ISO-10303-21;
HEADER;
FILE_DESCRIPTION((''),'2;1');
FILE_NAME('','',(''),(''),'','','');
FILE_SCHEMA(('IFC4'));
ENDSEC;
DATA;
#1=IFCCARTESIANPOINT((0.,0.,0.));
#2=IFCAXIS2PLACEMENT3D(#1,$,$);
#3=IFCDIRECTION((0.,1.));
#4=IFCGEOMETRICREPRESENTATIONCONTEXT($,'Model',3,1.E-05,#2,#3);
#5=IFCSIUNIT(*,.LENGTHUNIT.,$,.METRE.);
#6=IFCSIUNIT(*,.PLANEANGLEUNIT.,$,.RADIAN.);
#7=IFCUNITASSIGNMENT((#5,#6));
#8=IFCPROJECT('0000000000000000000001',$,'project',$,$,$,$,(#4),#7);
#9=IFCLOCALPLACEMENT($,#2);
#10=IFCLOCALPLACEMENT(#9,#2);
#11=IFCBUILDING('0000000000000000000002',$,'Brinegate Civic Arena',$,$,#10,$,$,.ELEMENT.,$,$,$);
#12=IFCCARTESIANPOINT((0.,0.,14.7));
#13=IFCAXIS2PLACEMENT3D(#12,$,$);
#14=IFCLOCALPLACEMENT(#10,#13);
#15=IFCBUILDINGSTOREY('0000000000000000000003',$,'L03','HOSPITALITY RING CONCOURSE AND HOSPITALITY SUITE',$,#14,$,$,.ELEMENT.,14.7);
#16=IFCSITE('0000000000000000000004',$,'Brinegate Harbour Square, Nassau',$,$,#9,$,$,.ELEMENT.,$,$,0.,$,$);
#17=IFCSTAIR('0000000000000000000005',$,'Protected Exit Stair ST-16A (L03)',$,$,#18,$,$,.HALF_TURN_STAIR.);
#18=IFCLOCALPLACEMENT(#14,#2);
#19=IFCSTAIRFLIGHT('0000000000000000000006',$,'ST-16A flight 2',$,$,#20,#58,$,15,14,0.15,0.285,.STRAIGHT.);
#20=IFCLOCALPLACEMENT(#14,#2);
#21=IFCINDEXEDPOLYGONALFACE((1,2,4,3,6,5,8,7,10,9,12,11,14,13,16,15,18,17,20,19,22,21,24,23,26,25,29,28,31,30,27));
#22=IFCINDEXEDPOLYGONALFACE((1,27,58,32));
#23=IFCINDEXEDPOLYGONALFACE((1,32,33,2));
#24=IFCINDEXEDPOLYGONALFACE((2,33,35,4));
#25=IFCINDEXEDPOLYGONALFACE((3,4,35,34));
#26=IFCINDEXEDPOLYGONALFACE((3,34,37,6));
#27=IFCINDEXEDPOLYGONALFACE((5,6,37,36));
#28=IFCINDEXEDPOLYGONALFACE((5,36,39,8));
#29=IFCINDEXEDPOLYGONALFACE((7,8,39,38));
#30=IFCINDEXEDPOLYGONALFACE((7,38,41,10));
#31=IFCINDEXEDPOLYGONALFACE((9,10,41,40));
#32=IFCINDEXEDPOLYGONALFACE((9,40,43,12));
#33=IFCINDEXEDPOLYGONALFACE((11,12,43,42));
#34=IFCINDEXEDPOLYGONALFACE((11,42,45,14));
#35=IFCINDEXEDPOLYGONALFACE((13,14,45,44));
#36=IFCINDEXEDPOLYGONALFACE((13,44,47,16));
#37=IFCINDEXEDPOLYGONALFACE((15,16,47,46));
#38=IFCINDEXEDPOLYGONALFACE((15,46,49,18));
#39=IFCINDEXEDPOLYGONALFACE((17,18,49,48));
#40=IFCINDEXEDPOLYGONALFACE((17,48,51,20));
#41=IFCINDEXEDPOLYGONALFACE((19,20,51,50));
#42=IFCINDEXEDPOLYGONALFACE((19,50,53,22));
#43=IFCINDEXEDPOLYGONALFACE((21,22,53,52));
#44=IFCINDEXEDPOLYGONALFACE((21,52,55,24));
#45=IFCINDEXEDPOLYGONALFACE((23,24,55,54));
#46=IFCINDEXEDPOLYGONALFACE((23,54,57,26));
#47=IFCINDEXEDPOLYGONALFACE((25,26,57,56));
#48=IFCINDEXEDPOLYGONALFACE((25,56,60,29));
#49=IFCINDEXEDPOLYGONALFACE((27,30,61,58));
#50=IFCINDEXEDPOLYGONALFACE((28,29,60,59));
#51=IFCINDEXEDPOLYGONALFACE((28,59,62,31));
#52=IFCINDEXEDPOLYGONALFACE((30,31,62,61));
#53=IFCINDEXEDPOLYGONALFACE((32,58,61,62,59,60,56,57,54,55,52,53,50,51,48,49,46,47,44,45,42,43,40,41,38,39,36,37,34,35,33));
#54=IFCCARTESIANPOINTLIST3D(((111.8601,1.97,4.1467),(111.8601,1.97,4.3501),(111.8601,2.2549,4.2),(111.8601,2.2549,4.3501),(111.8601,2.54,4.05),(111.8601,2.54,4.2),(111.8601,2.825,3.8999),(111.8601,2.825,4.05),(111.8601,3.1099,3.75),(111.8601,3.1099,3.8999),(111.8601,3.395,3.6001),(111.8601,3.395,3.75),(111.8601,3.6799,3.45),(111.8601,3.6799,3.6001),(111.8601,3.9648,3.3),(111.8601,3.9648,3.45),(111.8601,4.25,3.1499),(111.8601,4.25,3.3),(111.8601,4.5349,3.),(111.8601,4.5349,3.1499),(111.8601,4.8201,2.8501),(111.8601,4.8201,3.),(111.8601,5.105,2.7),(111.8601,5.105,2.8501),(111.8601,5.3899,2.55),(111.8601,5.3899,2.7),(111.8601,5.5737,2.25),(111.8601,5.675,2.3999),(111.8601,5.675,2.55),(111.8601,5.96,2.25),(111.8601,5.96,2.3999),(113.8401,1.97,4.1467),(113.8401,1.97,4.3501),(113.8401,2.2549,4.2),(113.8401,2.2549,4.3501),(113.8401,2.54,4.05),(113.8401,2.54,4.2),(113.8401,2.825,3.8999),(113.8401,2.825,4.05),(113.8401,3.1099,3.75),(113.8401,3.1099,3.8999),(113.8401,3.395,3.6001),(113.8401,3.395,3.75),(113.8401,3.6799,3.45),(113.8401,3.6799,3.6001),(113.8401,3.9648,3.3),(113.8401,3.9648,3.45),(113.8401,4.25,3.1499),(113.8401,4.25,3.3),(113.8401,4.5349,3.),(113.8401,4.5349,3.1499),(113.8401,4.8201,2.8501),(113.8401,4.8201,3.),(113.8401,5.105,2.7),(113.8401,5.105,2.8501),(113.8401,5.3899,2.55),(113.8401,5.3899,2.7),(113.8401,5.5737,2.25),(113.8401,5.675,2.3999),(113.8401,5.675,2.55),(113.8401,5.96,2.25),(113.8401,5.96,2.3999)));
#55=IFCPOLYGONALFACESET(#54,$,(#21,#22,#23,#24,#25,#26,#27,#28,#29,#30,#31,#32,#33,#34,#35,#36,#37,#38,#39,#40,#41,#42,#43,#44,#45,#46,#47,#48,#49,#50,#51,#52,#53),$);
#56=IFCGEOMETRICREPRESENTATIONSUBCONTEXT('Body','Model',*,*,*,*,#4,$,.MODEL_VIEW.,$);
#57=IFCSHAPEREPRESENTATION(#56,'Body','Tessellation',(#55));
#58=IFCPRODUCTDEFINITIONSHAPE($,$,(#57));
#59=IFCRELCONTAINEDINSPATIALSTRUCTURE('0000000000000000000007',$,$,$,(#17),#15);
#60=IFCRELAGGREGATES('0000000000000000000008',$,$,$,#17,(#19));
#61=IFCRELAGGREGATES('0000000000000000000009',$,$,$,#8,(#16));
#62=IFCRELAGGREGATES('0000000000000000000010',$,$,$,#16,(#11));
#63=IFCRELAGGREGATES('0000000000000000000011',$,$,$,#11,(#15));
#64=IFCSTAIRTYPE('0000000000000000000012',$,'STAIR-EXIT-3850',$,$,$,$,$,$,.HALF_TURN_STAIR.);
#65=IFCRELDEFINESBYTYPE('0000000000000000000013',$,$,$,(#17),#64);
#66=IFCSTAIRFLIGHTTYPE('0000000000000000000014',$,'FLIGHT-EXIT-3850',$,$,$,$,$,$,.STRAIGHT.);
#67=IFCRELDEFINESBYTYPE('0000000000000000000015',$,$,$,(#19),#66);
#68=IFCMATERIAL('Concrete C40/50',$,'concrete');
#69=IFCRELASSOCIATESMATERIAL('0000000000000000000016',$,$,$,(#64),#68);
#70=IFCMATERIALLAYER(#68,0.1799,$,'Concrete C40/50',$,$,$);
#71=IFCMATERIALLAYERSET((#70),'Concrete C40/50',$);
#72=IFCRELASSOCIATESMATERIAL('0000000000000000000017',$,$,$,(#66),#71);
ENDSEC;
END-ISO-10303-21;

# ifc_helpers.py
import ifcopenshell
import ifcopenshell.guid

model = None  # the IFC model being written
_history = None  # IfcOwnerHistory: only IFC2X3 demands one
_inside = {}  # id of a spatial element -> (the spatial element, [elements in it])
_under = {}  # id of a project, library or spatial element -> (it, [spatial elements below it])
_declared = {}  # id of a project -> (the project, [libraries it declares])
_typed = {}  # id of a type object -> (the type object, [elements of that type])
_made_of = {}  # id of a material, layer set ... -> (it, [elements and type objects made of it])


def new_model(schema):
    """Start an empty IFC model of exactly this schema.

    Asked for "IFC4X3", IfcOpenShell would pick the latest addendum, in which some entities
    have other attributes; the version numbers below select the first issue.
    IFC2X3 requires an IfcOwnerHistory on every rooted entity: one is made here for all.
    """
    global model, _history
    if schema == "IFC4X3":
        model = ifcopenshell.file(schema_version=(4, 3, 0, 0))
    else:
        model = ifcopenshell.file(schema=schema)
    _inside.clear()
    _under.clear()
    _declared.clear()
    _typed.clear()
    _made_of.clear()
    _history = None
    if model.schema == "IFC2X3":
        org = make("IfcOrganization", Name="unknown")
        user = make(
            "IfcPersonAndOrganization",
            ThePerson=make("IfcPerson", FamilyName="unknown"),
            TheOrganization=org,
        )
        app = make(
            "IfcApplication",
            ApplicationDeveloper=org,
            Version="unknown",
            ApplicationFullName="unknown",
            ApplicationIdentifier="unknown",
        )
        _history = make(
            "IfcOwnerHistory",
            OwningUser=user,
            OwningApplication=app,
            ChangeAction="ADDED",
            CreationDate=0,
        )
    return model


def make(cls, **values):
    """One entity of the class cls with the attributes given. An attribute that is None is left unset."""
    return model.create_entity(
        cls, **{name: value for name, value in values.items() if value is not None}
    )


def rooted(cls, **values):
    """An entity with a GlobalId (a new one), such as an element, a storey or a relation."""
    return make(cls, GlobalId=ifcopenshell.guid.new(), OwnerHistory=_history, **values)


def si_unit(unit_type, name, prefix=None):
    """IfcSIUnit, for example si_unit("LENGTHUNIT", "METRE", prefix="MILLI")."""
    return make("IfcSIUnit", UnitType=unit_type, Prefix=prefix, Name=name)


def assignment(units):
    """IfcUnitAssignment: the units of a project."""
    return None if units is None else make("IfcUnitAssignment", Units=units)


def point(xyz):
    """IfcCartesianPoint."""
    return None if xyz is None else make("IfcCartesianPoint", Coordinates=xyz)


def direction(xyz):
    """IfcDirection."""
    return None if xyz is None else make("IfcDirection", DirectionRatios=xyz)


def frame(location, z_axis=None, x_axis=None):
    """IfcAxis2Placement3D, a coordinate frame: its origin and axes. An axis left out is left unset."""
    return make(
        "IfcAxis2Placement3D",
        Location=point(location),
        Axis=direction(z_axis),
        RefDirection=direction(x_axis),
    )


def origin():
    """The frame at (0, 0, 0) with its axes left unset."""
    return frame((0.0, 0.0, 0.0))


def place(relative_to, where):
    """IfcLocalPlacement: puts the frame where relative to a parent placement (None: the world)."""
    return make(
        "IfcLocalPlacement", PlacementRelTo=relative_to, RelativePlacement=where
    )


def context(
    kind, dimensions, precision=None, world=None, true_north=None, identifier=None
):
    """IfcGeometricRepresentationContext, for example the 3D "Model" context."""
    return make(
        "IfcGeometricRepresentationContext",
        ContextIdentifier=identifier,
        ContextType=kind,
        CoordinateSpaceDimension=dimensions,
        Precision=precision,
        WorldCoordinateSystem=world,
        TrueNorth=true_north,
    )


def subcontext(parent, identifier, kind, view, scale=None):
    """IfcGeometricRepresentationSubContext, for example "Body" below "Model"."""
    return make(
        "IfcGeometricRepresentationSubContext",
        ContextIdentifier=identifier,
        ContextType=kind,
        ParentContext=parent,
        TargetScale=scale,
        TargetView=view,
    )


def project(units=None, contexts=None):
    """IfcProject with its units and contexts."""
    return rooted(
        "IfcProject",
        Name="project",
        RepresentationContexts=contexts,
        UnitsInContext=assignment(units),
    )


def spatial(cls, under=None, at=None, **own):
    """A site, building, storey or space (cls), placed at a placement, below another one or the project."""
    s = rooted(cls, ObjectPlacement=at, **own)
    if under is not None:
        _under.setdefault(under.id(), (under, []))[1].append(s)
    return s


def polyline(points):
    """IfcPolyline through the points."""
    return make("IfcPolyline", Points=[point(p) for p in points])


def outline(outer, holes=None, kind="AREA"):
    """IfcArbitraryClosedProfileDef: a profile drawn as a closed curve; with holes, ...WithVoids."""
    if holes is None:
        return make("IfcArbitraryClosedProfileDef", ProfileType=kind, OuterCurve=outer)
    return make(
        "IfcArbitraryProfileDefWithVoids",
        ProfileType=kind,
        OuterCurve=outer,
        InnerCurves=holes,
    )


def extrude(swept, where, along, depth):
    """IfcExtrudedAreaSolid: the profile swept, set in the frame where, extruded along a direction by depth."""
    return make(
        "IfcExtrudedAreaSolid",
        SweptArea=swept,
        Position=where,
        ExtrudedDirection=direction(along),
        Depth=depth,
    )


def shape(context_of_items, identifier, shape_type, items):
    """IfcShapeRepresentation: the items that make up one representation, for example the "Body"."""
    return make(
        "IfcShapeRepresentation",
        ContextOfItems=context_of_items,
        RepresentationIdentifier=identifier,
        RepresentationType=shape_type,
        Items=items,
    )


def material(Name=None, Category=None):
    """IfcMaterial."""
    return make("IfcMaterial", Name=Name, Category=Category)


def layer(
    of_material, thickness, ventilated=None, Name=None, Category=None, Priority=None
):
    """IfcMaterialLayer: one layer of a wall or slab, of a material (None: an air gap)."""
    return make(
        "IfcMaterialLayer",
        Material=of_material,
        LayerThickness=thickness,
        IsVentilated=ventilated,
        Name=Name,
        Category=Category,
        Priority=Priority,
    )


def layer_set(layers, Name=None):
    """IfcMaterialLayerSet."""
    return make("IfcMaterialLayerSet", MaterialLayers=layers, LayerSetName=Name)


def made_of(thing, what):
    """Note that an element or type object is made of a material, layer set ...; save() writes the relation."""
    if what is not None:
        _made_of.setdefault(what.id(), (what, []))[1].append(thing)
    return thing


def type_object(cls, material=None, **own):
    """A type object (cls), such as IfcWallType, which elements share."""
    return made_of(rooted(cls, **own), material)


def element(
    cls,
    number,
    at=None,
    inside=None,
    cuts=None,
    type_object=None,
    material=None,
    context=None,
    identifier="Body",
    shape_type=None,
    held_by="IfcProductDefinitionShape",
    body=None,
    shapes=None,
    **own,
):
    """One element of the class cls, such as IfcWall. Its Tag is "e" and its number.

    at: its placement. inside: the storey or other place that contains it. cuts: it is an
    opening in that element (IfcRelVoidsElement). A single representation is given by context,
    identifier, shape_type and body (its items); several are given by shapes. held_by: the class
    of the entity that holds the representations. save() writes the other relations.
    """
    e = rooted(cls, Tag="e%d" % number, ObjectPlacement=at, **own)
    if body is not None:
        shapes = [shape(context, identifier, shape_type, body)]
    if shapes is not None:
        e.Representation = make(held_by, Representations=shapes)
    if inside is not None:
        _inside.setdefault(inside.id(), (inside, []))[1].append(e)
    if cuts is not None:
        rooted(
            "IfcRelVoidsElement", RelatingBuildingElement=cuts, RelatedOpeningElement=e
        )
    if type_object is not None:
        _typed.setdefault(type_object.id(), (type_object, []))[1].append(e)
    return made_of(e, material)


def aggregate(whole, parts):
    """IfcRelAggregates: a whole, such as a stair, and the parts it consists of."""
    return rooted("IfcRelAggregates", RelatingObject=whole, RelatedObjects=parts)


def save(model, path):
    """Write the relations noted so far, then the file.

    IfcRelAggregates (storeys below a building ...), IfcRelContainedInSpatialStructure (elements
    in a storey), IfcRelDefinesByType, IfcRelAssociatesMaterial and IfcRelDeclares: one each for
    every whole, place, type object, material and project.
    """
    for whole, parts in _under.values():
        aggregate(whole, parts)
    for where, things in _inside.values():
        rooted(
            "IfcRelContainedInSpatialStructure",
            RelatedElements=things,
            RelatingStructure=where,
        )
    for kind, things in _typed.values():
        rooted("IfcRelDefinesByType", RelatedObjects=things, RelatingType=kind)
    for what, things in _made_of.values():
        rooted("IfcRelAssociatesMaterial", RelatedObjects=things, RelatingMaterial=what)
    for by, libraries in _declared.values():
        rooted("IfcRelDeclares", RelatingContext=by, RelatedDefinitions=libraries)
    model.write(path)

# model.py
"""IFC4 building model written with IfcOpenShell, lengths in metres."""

from ifc_helpers import new_model, si_unit, direction, frame, origin, place, context, subcontext, project, spatial, polyline, outline, extrude, material, layer, layer_set, type_object, element, aggregate, save


model = new_model("IFC4")

# Units and contexts
model_context = context("Model", 3, precision=1e-05, world=origin(), true_north=direction((0.0, 1.0)))
body_context = subcontext(model_context, "Body", "Model", "MODEL_VIEW")
ifc_project = project(units=[si_unit("LENGTHUNIT", "METRE"), si_unit("PLANEANGLEUNIT", "RADIAN")], contexts=[model_context])

# Site, building, storey
site_placement = place(None, origin())
site = spatial("IfcSite", under=ifc_project, at=site_placement, Name="Brinegate Harbour Square, Nassau", CompositionType="ELEMENT", RefElevation=0.0)
building_placement = place(site_placement, origin())
building = spatial("IfcBuilding", under=site, at=building_placement, Name="Brinegate Civic Arena", CompositionType="ELEMENT")
storey_placement = place(building_placement, frame((0.0, 0.0, 14.7)))
storey = spatial("IfcBuildingStorey", under=building, at=storey_placement, Name="L03", Description="HOSPITALITY RING CONCOURSE AND HOSPITALITY SUITE", CompositionType="ELEMENT", Elevation=14.7)

# Stair, stair flight
ifc_material_1 = material(Name="Concrete C40/50", Category="concrete")
stair_type_1 = type_object("IfcStairType", Name="STAIR-EXIT-3850", PredefinedType="HALF_TURN_STAIR", material=ifc_material_1)
stair_1_placement = place(storey_placement, origin())
stair_1 = element("IfcStair", 1, at=stair_1_placement, inside=storey, type_object=stair_type_1, Name="Protected Exit Stair ST-16A (L03)", PredefinedType="HALF_TURN_STAIR")
ifc_layer_1 = layer(ifc_material_1, 0.1799, Name="Concrete C40/50")
ifc_layer_set_1 = layer_set([ifc_layer_1], Name="Concrete C40/50")
stair_flight_type_1 = type_object("IfcStairFlightType", Name="FLIGHT-EXIT-3850", PredefinedType="STRAIGHT", material=ifc_layer_set_1)
stair_flight_1_placement = place(storey_placement, frame((112.8501, 5.96, 2.25), z_axis=(0.0, 0.0, 1.0), x_axis=(0.0, -1.0, 0.0)))
stair_flight_1 = element("IfcStairFlight", 2, at=stair_flight_1_placement, type_object=stair_flight_type_1, Name="ST-16A flight 2", NumberOfRisers=15, NumberOfTreads=14, PredefinedType="STRAIGHT", RiserHeight=0.15, TreadLength=0.285, context=body_context, shape_type="SweptSolid", body=[
    extrude(outline(polyline([(0.0, 0.0), (0.0, 0.1499), (0.2849, 0.1499), (0.2849, 0.3), (0.5701, 0.3), (0.5701, 0.45), (0.855, 0.45), (0.855, 0.6001), (1.1399, 0.6001), (1.1399, 0.75), (1.425, 0.75), (1.425, 0.8999), (1.71, 0.8999), (1.71, 1.05), (1.9951, 1.05), (1.9951, 1.2), (2.28, 1.2), (2.28, 1.3501), (2.5649, 1.3501), (2.5649, 1.5), (2.8501, 1.5), (2.8501, 1.6499), (3.135, 1.6499), (3.135, 1.8), (3.4199, 1.8), (3.4199, 1.95), (3.7051, 1.95), (3.7051, 2.1001), (3.99, 2.1001), (3.99, 2.25), (3.99, 1.8967), (0.3862, 0.0), (0.0, 0.0)])), frame((0.0, 0.99, 0.0), z_axis=(0.0, -1.0, 0.0), x_axis=(1.0, 0.0, 0.0)), (0.0, 0.0, 1.0), 1.98),
])
aggregate(stair_1, [stair_flight_1])

save(model, "model.ifc")
